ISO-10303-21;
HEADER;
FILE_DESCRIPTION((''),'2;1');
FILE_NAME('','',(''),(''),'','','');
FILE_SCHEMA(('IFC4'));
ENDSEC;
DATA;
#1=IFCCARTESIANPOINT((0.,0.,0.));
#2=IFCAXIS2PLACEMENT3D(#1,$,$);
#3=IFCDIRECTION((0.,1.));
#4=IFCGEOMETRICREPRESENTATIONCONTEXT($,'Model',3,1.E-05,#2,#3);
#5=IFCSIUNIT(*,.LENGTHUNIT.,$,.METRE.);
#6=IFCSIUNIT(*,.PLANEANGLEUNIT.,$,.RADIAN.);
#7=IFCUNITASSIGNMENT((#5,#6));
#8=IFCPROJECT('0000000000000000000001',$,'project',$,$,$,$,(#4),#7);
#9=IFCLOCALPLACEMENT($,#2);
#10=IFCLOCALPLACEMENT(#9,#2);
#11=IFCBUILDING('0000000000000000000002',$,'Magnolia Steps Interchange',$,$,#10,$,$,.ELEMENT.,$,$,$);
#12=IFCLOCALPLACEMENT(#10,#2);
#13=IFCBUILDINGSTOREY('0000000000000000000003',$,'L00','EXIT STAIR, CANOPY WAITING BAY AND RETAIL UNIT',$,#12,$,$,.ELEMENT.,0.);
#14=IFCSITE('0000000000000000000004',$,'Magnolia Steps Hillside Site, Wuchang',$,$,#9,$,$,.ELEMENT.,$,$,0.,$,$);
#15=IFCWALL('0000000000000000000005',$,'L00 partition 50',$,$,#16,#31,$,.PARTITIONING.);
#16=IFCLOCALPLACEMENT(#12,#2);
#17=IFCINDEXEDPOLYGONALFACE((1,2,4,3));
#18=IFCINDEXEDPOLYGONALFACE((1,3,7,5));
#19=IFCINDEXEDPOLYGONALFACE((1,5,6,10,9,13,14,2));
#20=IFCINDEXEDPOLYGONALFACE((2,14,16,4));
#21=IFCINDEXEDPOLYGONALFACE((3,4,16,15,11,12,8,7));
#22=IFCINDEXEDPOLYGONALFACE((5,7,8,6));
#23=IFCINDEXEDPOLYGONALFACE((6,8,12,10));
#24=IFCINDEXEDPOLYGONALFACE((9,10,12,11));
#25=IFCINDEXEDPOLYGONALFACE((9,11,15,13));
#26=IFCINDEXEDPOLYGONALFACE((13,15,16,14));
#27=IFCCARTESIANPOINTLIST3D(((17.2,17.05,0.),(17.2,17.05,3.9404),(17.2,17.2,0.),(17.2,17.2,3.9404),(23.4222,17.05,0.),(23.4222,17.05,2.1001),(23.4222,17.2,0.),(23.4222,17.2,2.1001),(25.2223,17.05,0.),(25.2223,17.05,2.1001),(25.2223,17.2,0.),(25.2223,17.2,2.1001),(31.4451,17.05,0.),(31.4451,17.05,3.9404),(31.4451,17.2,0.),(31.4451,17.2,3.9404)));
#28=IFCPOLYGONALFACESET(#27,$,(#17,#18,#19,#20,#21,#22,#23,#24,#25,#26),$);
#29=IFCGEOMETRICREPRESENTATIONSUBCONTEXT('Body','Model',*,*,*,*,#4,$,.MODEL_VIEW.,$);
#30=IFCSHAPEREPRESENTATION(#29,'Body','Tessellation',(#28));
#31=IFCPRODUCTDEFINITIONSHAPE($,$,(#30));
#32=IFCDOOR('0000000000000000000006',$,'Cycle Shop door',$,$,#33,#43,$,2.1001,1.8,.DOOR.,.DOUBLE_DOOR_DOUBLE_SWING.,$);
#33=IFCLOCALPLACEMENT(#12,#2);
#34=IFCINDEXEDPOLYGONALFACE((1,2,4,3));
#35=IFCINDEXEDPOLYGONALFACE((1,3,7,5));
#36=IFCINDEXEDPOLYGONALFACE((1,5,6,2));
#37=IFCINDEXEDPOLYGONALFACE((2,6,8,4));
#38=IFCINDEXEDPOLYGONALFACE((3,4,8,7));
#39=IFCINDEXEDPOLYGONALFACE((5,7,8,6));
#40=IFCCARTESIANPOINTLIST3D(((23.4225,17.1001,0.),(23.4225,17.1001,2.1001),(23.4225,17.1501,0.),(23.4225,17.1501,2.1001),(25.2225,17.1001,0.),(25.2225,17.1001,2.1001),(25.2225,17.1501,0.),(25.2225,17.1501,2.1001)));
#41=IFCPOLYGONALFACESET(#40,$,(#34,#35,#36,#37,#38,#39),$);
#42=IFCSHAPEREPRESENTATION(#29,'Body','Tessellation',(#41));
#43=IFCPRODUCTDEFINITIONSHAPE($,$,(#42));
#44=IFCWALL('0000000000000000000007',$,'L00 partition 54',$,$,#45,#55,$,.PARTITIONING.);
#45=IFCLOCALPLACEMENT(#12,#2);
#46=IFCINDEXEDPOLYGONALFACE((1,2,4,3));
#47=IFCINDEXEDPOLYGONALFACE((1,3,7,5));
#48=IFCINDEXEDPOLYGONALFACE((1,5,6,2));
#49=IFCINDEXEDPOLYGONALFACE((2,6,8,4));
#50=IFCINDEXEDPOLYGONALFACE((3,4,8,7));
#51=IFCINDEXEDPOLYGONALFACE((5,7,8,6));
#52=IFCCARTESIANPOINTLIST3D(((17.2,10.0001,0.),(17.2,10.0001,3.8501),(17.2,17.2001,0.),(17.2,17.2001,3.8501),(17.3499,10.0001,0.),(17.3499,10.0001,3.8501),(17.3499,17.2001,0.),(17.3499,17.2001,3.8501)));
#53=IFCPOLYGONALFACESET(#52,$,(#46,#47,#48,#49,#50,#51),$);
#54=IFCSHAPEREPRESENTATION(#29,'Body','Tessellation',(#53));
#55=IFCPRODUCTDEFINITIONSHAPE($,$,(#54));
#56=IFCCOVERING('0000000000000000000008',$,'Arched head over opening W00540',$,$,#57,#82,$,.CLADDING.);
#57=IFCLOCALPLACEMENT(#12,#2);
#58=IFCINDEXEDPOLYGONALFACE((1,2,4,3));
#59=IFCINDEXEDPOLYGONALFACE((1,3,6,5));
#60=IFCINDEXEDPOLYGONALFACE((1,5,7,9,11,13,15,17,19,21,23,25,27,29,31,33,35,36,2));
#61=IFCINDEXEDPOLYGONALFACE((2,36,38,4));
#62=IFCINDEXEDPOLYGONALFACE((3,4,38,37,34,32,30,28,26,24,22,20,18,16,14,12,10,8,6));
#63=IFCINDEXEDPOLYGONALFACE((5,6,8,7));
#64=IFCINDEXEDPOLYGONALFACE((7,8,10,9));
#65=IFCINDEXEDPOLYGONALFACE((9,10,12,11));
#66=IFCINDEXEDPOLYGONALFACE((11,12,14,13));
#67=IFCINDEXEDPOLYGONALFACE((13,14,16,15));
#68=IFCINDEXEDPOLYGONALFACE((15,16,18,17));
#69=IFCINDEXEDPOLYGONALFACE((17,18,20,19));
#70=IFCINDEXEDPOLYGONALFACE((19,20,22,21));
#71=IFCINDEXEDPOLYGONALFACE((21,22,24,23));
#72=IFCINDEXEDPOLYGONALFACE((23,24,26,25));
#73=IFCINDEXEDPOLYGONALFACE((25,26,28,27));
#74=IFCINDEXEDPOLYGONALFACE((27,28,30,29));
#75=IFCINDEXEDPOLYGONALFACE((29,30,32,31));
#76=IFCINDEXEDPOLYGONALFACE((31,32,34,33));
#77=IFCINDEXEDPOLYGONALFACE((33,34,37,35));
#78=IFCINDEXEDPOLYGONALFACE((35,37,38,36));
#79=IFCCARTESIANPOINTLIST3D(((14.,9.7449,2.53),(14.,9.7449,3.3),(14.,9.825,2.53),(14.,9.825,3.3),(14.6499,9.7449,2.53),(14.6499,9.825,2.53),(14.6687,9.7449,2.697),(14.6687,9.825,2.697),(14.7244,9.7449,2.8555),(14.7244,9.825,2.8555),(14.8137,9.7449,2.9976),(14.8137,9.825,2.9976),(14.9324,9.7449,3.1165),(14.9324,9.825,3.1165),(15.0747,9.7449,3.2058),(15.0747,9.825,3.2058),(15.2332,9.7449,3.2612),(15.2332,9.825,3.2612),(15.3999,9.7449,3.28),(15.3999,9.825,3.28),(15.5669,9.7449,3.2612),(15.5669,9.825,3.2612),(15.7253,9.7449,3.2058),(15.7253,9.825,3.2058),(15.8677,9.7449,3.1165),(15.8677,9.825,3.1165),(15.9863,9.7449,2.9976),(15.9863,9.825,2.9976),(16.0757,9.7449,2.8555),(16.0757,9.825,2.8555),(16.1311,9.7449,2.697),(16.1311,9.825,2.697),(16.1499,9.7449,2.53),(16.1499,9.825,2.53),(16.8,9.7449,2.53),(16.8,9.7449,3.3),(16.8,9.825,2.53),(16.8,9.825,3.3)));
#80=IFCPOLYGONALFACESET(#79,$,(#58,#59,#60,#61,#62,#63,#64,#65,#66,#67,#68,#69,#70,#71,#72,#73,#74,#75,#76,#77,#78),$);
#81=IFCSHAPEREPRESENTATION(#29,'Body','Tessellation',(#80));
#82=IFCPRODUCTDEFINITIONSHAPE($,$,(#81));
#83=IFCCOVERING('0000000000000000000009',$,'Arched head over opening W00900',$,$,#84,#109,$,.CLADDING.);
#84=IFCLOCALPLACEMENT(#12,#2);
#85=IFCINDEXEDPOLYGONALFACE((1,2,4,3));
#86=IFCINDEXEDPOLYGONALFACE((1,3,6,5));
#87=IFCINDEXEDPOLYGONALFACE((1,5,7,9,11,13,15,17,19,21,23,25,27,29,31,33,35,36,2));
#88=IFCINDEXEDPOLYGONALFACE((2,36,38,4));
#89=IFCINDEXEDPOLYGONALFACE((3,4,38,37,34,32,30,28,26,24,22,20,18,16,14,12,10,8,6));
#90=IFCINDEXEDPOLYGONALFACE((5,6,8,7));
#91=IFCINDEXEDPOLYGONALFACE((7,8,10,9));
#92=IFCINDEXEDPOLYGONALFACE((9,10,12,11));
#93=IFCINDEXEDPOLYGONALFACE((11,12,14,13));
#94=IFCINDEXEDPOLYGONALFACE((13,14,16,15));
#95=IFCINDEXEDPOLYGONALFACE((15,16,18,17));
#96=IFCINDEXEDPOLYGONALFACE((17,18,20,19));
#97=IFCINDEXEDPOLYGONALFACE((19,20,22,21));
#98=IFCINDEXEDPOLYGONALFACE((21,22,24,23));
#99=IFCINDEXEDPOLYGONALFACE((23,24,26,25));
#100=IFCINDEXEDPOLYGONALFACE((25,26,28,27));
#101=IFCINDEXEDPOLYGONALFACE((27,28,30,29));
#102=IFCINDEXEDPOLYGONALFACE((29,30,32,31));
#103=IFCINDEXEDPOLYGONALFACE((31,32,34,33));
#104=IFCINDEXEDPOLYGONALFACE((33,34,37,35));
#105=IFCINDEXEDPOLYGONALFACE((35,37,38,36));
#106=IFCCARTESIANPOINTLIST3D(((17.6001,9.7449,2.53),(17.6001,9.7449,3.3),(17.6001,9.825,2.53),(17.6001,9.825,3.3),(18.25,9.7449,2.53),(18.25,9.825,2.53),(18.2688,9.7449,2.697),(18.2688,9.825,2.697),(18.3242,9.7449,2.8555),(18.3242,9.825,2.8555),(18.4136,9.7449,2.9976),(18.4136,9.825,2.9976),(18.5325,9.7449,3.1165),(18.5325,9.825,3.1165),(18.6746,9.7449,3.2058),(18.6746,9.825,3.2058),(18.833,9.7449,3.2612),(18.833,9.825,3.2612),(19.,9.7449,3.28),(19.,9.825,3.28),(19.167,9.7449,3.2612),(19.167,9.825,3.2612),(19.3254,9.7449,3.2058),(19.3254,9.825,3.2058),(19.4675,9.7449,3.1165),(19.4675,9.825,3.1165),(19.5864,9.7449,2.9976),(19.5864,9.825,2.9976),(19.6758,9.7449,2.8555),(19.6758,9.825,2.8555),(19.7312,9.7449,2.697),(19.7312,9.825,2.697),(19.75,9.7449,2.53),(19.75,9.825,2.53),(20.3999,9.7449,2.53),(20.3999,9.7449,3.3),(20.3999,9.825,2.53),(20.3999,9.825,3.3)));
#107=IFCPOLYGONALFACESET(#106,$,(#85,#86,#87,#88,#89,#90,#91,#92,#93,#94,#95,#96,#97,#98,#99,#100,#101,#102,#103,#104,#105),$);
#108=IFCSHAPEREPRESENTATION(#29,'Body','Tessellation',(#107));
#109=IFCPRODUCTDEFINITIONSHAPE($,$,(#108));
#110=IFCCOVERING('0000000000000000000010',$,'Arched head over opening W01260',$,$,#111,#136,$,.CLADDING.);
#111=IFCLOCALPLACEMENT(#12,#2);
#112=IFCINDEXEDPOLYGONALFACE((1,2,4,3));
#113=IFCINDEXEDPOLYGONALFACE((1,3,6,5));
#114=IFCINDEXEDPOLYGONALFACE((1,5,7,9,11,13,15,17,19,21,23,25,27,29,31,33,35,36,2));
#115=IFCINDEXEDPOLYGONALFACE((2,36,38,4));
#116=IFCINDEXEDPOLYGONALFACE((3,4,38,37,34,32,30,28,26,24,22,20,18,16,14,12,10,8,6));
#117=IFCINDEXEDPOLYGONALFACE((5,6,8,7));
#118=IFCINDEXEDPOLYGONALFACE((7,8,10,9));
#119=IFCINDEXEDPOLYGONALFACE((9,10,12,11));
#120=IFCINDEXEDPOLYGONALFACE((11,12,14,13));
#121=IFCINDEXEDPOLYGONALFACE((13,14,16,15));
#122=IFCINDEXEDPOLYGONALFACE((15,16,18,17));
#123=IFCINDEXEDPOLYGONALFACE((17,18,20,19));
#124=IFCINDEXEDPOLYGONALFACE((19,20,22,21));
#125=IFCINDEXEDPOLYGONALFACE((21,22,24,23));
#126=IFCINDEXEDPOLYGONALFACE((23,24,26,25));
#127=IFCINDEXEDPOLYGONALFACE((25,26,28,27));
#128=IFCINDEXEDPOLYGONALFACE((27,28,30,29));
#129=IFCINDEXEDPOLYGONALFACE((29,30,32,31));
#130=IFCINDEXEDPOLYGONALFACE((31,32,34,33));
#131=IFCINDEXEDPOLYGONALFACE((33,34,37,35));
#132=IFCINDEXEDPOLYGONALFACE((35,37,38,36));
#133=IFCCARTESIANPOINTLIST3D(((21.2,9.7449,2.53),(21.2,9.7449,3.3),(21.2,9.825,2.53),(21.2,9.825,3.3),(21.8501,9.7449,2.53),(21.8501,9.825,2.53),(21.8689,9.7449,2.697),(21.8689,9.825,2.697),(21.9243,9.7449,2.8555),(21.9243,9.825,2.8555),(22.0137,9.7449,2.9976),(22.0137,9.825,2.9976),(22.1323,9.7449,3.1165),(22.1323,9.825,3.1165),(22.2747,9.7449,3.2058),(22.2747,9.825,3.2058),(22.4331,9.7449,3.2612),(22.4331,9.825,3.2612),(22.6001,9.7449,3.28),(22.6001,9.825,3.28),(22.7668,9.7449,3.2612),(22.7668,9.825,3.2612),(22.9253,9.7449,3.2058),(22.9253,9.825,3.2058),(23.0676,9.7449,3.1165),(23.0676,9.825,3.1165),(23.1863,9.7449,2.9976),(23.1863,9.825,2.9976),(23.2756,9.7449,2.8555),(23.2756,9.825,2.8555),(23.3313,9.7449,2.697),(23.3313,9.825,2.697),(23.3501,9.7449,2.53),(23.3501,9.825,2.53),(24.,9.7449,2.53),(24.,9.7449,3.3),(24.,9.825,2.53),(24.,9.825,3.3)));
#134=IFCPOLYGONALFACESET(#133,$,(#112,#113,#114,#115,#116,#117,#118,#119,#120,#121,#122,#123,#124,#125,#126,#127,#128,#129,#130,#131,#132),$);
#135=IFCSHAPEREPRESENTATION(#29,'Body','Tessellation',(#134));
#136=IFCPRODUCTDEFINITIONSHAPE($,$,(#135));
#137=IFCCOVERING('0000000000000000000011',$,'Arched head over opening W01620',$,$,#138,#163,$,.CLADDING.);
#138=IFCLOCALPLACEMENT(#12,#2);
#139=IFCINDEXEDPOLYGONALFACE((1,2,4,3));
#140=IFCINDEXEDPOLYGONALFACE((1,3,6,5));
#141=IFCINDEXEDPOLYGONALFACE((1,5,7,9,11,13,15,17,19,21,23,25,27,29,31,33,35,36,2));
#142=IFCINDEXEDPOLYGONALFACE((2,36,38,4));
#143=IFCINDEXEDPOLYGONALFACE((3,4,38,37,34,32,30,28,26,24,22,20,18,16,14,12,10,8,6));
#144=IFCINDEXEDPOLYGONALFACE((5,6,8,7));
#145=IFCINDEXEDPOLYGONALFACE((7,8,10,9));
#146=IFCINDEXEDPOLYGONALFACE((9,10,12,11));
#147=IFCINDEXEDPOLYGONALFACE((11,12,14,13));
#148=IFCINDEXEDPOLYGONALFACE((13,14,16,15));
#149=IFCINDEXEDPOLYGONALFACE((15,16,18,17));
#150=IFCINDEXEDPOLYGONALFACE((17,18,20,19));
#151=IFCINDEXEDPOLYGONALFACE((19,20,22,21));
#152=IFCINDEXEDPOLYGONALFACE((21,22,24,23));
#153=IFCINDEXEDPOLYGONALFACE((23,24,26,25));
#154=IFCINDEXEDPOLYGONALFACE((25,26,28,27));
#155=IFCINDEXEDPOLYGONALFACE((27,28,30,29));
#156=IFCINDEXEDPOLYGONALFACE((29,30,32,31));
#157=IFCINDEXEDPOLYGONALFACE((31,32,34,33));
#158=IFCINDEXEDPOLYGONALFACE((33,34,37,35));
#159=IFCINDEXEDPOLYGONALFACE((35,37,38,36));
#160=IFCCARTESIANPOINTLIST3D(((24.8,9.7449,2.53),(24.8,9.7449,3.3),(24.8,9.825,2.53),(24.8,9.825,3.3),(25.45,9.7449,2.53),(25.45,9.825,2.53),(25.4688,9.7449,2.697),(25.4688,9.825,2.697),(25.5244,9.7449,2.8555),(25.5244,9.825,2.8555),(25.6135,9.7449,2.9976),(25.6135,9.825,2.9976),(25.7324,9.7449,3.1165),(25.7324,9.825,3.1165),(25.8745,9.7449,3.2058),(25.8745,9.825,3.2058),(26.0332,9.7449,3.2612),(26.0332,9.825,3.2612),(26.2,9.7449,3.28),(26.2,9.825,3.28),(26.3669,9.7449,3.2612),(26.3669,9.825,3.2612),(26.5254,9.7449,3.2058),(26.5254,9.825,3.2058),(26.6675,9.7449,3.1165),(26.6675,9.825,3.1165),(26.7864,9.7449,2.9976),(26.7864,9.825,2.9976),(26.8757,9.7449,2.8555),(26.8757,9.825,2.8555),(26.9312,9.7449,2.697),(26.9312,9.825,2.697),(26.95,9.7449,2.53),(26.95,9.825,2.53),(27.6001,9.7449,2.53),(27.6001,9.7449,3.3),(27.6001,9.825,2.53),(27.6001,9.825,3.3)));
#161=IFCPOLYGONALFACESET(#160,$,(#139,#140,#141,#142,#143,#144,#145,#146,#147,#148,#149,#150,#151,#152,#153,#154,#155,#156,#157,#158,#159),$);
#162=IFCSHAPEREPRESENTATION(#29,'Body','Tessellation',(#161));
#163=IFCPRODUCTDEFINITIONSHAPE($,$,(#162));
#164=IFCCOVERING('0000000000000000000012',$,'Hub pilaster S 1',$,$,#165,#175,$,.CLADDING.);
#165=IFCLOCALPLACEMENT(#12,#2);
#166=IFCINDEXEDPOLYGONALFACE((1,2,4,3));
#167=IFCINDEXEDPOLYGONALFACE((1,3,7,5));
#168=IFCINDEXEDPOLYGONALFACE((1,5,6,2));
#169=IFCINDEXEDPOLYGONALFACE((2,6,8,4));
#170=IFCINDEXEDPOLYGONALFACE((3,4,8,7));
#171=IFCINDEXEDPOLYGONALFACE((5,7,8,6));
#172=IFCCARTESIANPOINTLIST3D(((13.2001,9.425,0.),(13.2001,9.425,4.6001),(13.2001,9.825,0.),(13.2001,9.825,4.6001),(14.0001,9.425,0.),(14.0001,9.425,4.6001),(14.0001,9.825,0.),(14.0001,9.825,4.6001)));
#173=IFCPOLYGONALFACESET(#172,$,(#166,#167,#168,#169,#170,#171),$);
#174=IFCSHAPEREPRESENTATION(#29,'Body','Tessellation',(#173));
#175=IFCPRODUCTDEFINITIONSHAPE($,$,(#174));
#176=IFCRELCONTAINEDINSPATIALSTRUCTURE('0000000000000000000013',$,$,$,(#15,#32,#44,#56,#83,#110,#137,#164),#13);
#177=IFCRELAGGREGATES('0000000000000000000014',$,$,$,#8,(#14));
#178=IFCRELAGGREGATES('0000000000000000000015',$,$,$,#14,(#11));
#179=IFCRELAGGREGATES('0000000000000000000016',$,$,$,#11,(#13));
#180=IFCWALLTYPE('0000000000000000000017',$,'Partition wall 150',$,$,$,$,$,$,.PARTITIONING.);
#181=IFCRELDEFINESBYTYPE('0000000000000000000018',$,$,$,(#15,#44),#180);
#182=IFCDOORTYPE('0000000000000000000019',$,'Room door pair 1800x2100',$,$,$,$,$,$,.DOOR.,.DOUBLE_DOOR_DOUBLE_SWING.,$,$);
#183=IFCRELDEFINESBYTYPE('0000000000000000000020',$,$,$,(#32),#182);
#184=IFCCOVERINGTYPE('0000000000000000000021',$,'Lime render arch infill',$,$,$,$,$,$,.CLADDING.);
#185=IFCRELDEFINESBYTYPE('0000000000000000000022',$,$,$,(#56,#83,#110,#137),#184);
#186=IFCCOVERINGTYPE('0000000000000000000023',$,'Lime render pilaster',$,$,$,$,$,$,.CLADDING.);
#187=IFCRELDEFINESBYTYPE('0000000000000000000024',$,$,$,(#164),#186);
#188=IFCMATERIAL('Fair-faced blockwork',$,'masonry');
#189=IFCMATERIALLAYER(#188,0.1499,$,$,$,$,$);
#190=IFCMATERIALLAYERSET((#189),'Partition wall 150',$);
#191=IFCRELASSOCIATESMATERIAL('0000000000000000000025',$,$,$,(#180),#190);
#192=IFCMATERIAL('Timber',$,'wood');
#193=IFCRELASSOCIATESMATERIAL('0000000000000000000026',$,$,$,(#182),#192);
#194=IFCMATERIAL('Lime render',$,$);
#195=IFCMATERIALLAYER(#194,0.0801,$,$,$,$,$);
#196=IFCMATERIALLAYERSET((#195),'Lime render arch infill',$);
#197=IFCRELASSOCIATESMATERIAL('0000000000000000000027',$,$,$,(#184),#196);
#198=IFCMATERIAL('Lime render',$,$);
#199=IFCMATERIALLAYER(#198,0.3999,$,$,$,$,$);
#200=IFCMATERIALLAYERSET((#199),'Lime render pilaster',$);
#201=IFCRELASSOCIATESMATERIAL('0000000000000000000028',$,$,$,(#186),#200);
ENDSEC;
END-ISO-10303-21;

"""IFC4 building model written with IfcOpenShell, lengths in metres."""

from ifc_helpers import new_model, si_unit, direction, frame, frame_2d, origin, origin_2d, place, context, subcontext, project, spatial, polyline, rectangle, outline, extrude, material, layer, layer_set, type_object, element, fill, save


model = new_model("IFC4")

# Units and contexts
model_context = context("Model", 3, precision=1e-05, world=origin(), true_north=direction((0.0, 1.0)))
body_context = subcontext(model_context, "Body", "Model", "MODEL_VIEW")
ifc_project = project(units=[si_unit("LENGTHUNIT", "METRE"), si_unit("PLANEANGLEUNIT", "RADIAN")], contexts=[model_context])

# Site, building, storey
site_placement = place(None, origin())
site = spatial("IfcSite", under=ifc_project, at=site_placement, Name="Magnolia Steps Hillside Site, Wuchang", CompositionType="ELEMENT", RefElevation=0.0)
building_placement = place(site_placement, origin())
building = spatial("IfcBuilding", under=site, at=building_placement, Name="Magnolia Steps Interchange", CompositionType="ELEMENT")
storey_placement = place(building_placement, origin())
storey = spatial("IfcBuildingStorey", under=building, at=storey_placement, Name="L00", Description="EXIT STAIR, CANOPY WAITING BAY AND RETAIL UNIT", CompositionType="ELEMENT", Elevation=0.0)

# Wall, opening, door
ifc_material_1 = material(Name="Fair-faced blockwork", Category="masonry")
ifc_layer_1 = layer(ifc_material_1, 0.1499)
ifc_layer_set_1 = layer_set([ifc_layer_1], Name="Partition wall 150")
wall_type_1 = type_object("IfcWallType", Name="Partition wall 150", PredefinedType="PARTITIONING", material=ifc_layer_set_1)
wall_1_placement = place(storey_placement, frame((17.2, 17.125, 0.0), z_axis=(0.0, 0.0, 1.0), x_axis=(1.0, 0.0, 0.0)))
wall_1 = element("IfcWall", 1, at=wall_1_placement, inside=storey, type_object=wall_type_1, Name="L00 partition 50", PredefinedType="PARTITIONING", context=body_context, shape_type="SweptSolid", body=[
    extrude(rectangle(XDim=14.2451, YDim=0.1499, at=frame_2d((7.1226, 0.0))), origin(), (0.0, 0.0, 1.0), 3.9404),
])
opening_1_placement = place(wall_1_placement, frame((6.2224, 0.0, 0.0)))
opening_1 = element("IfcOpeningElement", 2, at=opening_1_placement, cuts=wall_1, PredefinedType="OPENING", context=body_context, shape_type="SweptSolid", body=[
    extrude(rectangle(XDim=1.8, YDim=2.1001, at=frame_2d((0.8999, 1.05))), frame((0.0, 0.085, 0.0), z_axis=(0.0, -1.0, 0.0), x_axis=(1.0, 0.0, 0.0)), (0.0, 0.0, 1.0), 0.1699),
])
ifc_material_2 = material(Name="Timber", Category="wood")
door_type = type_object("IfcDoorType", Name="Room door pair 1800x2100", OperationType="DOUBLE_DOOR_DOUBLE_SWING", PredefinedType="DOOR", material=ifc_material_2)
door_placement = place(opening_1_placement, frame((1.8, 0.0, 0.0), z_axis=(0.0, 0.0, 1.0), x_axis=(-1.0, 0.0, 0.0)))
door = element("IfcDoor", 3, at=door_placement, inside=storey, type_object=door_type, Name="Cycle Shop door", OperationType="DOUBLE_DOOR_DOUBLE_SWING", OverallHeight=2.1001, OverallWidth=1.8, PredefinedType="DOOR", context=body_context, shape_type="SweptSolid", body=[
    extrude(rectangle(XDim=1.8, YDim=2.1001, at=frame_2d((0.8999, 1.05))), frame((0.0, 0.0249, 0.0), z_axis=(0.0, -1.0, 0.0), x_axis=(1.0, 0.0, 0.0)), (0.0, 0.0, 1.0), 0.05),
])
fill(opening_1, door)

# Wall
wall_2_placement = place(storey_placement, frame((17.2749, 10.0, 0.0), z_axis=(0.0, 0.0, 1.0), x_axis=(0.0, 1.0, 0.0)))
element("IfcWall", 4, at=wall_2_placement, inside=storey, type_object=wall_type_1, Name="L00 partition 54", PredefinedType="PARTITIONING", context=body_context, shape_type="SweptSolid", body=[
    extrude(rectangle(XDim=7.2, YDim=0.1499, at=frame_2d((3.6001, 0.0))), origin(), (0.0, 0.0, 1.0), 3.8501),
])

# Coverings
ifc_material_3 = material(Name="Lime render")
ifc_layer_2 = layer(ifc_material_3, 0.0801)
ifc_layer_set_2 = layer_set([ifc_layer_2], Name="Lime render arch infill")
covering_type_1 = type_object("IfcCoveringType", Name="Lime render arch infill", PredefinedType="CLADDING", material=ifc_layer_set_2)
covering_1_placement = place(storey_placement, frame((14.0, 9.825, 2.53), z_axis=(0.0, 1.0, 0.0), x_axis=(0.0, 0.0, 1.0)))
element("IfcCovering", 5, at=covering_1_placement, inside=storey, type_object=covering_type_1, Name="Arched head over opening W00540", PredefinedType="CLADDING", context=body_context, shape_type="SweptSolid", body=[
    extrude(outline(polyline([(0.0, 0.0), (0.77, 0.0), (0.77, 2.8), (0.0, 2.8), (0.0, 2.1499), (0.167, 2.1311), (0.3254, 2.0757), (0.4675, 1.9863), (0.5864, 1.8677), (0.6758, 1.7253), (0.7312, 1.5669), (0.75, 1.3999), (0.7312, 1.2332), (0.6758, 1.0747), (0.5864, 0.9324), (0.4675, 0.8137), (0.3254, 0.7244), (0.167, 0.6687), (0.0, 0.6499), (0.0, 0.0)])), origin(), (0.0, 0.0, -1.0), 0.0801),
])
covering_2_placement = place(storey_placement, frame((17.6001, 9.825, 2.53), z_axis=(0.0, 1.0, 0.0), x_axis=(0.0, 0.0, 1.0)))
element("IfcCovering", 6, at=covering_2_placement, inside=storey, type_object=covering_type_1, Name="Arched head over opening W00900", PredefinedType="CLADDING", context=body_context, shape_type="SweptSolid", body=[
    extrude(outline(polyline([(0.0, 0.0), (0.77, 0.0), (0.77, 2.7998), (0.0, 2.7998), (0.0, 2.1499), (0.167, 2.1311), (0.3254, 2.0757), (0.4675, 1.9863), (0.5864, 1.8674), (0.6758, 1.7253), (0.7312, 1.5669), (0.75, 1.3999), (0.7312, 1.2329), (0.6758, 1.0745), (0.5864, 0.9324), (0.4675, 0.8135), (0.3254, 0.7241), (0.167, 0.6687), (0.0, 0.6499), (0.0, 0.0)])), origin(), (0.0, 0.0, -1.0), 0.0801),
])
covering_3_placement = place(storey_placement, frame((21.2, 9.825, 2.53), z_axis=(0.0, 1.0, 0.0), x_axis=(0.0, 0.0, 1.0)))
element("IfcCovering", 7, at=covering_3_placement, inside=storey, type_object=covering_type_1, Name="Arched head over opening W01260", PredefinedType="CLADDING", context=body_context, shape_type="SweptSolid", body=[
    extrude(outline(polyline([(0.0, 0.0), (0.77, 0.0), (0.77, 2.8), (0.0, 2.8), (0.0, 2.1501), (0.167, 2.1313), (0.3254, 2.0757), (0.4675, 1.9863), (0.5864, 1.8677), (0.6758, 1.7253), (0.7312, 1.5669), (0.75, 1.4001), (0.7312, 1.2332), (0.6758, 1.0747), (0.5864, 0.9324), (0.4675, 0.8137), (0.3254, 0.7244), (0.167, 0.6689), (0.0, 0.6501), (0.0, 0.0)])), origin(), (0.0, 0.0, -1.0), 0.0801),
])
covering_4_placement = place(storey_placement, frame((24.8, 9.825, 2.53), z_axis=(0.0, 1.0, 0.0), x_axis=(0.0, 0.0, 1.0)))
element("IfcCovering", 8, at=covering_4_placement, inside=storey, type_object=covering_type_1, Name="Arched head over opening W01620", PredefinedType="CLADDING", context=body_context, shape_type="SweptSolid", body=[
    extrude(outline(polyline([(0.0, 0.0), (0.77, 0.0), (0.77, 2.8), (0.0, 2.8), (0.0, 2.1499), (0.167, 2.1311), (0.3254, 2.0757), (0.4675, 1.9863), (0.5864, 1.8674), (0.6758, 1.7253), (0.7312, 1.5669), (0.75, 1.3999), (0.7312, 1.2332), (0.6758, 1.0745), (0.5864, 0.9324), (0.4675, 0.8135), (0.3254, 0.7244), (0.167, 0.6687), (0.0, 0.6499), (0.0, 0.0)])), origin(), (0.0, 0.0, -1.0), 0.0801),
])
ifc_material_4 = material(Name="Lime render")
ifc_layer_3 = layer(ifc_material_4, 0.3999)
ifc_layer_set_3 = layer_set([ifc_layer_3], Name="Lime render pilaster")
covering_type_2 = type_object("IfcCoveringType", Name="Lime render pilaster", PredefinedType="CLADDING", material=ifc_layer_set_3)
for number, where, z_axis, x_axis, name in (
    (9, (13.6001, 9.625, 0.0), (0.0, 0.0, 1.0), (1.0, 0.0, 0.0), "Hub pilaster S 1"),
):
    element("IfcCovering", number, at=place(storey_placement, frame(where, z_axis=z_axis, x_axis=x_axis)), inside=storey, type_object=covering_type_2, Name=name, PredefinedType="CLADDING", context=body_context, shape_type="SweptSolid", body=[
        extrude(rectangle(XDim=0.8, YDim=0.3999, at=origin_2d()), origin(), (0.0, 0.0, 1.0), 4.6001),
    ])

save(model, "model.ifc")
